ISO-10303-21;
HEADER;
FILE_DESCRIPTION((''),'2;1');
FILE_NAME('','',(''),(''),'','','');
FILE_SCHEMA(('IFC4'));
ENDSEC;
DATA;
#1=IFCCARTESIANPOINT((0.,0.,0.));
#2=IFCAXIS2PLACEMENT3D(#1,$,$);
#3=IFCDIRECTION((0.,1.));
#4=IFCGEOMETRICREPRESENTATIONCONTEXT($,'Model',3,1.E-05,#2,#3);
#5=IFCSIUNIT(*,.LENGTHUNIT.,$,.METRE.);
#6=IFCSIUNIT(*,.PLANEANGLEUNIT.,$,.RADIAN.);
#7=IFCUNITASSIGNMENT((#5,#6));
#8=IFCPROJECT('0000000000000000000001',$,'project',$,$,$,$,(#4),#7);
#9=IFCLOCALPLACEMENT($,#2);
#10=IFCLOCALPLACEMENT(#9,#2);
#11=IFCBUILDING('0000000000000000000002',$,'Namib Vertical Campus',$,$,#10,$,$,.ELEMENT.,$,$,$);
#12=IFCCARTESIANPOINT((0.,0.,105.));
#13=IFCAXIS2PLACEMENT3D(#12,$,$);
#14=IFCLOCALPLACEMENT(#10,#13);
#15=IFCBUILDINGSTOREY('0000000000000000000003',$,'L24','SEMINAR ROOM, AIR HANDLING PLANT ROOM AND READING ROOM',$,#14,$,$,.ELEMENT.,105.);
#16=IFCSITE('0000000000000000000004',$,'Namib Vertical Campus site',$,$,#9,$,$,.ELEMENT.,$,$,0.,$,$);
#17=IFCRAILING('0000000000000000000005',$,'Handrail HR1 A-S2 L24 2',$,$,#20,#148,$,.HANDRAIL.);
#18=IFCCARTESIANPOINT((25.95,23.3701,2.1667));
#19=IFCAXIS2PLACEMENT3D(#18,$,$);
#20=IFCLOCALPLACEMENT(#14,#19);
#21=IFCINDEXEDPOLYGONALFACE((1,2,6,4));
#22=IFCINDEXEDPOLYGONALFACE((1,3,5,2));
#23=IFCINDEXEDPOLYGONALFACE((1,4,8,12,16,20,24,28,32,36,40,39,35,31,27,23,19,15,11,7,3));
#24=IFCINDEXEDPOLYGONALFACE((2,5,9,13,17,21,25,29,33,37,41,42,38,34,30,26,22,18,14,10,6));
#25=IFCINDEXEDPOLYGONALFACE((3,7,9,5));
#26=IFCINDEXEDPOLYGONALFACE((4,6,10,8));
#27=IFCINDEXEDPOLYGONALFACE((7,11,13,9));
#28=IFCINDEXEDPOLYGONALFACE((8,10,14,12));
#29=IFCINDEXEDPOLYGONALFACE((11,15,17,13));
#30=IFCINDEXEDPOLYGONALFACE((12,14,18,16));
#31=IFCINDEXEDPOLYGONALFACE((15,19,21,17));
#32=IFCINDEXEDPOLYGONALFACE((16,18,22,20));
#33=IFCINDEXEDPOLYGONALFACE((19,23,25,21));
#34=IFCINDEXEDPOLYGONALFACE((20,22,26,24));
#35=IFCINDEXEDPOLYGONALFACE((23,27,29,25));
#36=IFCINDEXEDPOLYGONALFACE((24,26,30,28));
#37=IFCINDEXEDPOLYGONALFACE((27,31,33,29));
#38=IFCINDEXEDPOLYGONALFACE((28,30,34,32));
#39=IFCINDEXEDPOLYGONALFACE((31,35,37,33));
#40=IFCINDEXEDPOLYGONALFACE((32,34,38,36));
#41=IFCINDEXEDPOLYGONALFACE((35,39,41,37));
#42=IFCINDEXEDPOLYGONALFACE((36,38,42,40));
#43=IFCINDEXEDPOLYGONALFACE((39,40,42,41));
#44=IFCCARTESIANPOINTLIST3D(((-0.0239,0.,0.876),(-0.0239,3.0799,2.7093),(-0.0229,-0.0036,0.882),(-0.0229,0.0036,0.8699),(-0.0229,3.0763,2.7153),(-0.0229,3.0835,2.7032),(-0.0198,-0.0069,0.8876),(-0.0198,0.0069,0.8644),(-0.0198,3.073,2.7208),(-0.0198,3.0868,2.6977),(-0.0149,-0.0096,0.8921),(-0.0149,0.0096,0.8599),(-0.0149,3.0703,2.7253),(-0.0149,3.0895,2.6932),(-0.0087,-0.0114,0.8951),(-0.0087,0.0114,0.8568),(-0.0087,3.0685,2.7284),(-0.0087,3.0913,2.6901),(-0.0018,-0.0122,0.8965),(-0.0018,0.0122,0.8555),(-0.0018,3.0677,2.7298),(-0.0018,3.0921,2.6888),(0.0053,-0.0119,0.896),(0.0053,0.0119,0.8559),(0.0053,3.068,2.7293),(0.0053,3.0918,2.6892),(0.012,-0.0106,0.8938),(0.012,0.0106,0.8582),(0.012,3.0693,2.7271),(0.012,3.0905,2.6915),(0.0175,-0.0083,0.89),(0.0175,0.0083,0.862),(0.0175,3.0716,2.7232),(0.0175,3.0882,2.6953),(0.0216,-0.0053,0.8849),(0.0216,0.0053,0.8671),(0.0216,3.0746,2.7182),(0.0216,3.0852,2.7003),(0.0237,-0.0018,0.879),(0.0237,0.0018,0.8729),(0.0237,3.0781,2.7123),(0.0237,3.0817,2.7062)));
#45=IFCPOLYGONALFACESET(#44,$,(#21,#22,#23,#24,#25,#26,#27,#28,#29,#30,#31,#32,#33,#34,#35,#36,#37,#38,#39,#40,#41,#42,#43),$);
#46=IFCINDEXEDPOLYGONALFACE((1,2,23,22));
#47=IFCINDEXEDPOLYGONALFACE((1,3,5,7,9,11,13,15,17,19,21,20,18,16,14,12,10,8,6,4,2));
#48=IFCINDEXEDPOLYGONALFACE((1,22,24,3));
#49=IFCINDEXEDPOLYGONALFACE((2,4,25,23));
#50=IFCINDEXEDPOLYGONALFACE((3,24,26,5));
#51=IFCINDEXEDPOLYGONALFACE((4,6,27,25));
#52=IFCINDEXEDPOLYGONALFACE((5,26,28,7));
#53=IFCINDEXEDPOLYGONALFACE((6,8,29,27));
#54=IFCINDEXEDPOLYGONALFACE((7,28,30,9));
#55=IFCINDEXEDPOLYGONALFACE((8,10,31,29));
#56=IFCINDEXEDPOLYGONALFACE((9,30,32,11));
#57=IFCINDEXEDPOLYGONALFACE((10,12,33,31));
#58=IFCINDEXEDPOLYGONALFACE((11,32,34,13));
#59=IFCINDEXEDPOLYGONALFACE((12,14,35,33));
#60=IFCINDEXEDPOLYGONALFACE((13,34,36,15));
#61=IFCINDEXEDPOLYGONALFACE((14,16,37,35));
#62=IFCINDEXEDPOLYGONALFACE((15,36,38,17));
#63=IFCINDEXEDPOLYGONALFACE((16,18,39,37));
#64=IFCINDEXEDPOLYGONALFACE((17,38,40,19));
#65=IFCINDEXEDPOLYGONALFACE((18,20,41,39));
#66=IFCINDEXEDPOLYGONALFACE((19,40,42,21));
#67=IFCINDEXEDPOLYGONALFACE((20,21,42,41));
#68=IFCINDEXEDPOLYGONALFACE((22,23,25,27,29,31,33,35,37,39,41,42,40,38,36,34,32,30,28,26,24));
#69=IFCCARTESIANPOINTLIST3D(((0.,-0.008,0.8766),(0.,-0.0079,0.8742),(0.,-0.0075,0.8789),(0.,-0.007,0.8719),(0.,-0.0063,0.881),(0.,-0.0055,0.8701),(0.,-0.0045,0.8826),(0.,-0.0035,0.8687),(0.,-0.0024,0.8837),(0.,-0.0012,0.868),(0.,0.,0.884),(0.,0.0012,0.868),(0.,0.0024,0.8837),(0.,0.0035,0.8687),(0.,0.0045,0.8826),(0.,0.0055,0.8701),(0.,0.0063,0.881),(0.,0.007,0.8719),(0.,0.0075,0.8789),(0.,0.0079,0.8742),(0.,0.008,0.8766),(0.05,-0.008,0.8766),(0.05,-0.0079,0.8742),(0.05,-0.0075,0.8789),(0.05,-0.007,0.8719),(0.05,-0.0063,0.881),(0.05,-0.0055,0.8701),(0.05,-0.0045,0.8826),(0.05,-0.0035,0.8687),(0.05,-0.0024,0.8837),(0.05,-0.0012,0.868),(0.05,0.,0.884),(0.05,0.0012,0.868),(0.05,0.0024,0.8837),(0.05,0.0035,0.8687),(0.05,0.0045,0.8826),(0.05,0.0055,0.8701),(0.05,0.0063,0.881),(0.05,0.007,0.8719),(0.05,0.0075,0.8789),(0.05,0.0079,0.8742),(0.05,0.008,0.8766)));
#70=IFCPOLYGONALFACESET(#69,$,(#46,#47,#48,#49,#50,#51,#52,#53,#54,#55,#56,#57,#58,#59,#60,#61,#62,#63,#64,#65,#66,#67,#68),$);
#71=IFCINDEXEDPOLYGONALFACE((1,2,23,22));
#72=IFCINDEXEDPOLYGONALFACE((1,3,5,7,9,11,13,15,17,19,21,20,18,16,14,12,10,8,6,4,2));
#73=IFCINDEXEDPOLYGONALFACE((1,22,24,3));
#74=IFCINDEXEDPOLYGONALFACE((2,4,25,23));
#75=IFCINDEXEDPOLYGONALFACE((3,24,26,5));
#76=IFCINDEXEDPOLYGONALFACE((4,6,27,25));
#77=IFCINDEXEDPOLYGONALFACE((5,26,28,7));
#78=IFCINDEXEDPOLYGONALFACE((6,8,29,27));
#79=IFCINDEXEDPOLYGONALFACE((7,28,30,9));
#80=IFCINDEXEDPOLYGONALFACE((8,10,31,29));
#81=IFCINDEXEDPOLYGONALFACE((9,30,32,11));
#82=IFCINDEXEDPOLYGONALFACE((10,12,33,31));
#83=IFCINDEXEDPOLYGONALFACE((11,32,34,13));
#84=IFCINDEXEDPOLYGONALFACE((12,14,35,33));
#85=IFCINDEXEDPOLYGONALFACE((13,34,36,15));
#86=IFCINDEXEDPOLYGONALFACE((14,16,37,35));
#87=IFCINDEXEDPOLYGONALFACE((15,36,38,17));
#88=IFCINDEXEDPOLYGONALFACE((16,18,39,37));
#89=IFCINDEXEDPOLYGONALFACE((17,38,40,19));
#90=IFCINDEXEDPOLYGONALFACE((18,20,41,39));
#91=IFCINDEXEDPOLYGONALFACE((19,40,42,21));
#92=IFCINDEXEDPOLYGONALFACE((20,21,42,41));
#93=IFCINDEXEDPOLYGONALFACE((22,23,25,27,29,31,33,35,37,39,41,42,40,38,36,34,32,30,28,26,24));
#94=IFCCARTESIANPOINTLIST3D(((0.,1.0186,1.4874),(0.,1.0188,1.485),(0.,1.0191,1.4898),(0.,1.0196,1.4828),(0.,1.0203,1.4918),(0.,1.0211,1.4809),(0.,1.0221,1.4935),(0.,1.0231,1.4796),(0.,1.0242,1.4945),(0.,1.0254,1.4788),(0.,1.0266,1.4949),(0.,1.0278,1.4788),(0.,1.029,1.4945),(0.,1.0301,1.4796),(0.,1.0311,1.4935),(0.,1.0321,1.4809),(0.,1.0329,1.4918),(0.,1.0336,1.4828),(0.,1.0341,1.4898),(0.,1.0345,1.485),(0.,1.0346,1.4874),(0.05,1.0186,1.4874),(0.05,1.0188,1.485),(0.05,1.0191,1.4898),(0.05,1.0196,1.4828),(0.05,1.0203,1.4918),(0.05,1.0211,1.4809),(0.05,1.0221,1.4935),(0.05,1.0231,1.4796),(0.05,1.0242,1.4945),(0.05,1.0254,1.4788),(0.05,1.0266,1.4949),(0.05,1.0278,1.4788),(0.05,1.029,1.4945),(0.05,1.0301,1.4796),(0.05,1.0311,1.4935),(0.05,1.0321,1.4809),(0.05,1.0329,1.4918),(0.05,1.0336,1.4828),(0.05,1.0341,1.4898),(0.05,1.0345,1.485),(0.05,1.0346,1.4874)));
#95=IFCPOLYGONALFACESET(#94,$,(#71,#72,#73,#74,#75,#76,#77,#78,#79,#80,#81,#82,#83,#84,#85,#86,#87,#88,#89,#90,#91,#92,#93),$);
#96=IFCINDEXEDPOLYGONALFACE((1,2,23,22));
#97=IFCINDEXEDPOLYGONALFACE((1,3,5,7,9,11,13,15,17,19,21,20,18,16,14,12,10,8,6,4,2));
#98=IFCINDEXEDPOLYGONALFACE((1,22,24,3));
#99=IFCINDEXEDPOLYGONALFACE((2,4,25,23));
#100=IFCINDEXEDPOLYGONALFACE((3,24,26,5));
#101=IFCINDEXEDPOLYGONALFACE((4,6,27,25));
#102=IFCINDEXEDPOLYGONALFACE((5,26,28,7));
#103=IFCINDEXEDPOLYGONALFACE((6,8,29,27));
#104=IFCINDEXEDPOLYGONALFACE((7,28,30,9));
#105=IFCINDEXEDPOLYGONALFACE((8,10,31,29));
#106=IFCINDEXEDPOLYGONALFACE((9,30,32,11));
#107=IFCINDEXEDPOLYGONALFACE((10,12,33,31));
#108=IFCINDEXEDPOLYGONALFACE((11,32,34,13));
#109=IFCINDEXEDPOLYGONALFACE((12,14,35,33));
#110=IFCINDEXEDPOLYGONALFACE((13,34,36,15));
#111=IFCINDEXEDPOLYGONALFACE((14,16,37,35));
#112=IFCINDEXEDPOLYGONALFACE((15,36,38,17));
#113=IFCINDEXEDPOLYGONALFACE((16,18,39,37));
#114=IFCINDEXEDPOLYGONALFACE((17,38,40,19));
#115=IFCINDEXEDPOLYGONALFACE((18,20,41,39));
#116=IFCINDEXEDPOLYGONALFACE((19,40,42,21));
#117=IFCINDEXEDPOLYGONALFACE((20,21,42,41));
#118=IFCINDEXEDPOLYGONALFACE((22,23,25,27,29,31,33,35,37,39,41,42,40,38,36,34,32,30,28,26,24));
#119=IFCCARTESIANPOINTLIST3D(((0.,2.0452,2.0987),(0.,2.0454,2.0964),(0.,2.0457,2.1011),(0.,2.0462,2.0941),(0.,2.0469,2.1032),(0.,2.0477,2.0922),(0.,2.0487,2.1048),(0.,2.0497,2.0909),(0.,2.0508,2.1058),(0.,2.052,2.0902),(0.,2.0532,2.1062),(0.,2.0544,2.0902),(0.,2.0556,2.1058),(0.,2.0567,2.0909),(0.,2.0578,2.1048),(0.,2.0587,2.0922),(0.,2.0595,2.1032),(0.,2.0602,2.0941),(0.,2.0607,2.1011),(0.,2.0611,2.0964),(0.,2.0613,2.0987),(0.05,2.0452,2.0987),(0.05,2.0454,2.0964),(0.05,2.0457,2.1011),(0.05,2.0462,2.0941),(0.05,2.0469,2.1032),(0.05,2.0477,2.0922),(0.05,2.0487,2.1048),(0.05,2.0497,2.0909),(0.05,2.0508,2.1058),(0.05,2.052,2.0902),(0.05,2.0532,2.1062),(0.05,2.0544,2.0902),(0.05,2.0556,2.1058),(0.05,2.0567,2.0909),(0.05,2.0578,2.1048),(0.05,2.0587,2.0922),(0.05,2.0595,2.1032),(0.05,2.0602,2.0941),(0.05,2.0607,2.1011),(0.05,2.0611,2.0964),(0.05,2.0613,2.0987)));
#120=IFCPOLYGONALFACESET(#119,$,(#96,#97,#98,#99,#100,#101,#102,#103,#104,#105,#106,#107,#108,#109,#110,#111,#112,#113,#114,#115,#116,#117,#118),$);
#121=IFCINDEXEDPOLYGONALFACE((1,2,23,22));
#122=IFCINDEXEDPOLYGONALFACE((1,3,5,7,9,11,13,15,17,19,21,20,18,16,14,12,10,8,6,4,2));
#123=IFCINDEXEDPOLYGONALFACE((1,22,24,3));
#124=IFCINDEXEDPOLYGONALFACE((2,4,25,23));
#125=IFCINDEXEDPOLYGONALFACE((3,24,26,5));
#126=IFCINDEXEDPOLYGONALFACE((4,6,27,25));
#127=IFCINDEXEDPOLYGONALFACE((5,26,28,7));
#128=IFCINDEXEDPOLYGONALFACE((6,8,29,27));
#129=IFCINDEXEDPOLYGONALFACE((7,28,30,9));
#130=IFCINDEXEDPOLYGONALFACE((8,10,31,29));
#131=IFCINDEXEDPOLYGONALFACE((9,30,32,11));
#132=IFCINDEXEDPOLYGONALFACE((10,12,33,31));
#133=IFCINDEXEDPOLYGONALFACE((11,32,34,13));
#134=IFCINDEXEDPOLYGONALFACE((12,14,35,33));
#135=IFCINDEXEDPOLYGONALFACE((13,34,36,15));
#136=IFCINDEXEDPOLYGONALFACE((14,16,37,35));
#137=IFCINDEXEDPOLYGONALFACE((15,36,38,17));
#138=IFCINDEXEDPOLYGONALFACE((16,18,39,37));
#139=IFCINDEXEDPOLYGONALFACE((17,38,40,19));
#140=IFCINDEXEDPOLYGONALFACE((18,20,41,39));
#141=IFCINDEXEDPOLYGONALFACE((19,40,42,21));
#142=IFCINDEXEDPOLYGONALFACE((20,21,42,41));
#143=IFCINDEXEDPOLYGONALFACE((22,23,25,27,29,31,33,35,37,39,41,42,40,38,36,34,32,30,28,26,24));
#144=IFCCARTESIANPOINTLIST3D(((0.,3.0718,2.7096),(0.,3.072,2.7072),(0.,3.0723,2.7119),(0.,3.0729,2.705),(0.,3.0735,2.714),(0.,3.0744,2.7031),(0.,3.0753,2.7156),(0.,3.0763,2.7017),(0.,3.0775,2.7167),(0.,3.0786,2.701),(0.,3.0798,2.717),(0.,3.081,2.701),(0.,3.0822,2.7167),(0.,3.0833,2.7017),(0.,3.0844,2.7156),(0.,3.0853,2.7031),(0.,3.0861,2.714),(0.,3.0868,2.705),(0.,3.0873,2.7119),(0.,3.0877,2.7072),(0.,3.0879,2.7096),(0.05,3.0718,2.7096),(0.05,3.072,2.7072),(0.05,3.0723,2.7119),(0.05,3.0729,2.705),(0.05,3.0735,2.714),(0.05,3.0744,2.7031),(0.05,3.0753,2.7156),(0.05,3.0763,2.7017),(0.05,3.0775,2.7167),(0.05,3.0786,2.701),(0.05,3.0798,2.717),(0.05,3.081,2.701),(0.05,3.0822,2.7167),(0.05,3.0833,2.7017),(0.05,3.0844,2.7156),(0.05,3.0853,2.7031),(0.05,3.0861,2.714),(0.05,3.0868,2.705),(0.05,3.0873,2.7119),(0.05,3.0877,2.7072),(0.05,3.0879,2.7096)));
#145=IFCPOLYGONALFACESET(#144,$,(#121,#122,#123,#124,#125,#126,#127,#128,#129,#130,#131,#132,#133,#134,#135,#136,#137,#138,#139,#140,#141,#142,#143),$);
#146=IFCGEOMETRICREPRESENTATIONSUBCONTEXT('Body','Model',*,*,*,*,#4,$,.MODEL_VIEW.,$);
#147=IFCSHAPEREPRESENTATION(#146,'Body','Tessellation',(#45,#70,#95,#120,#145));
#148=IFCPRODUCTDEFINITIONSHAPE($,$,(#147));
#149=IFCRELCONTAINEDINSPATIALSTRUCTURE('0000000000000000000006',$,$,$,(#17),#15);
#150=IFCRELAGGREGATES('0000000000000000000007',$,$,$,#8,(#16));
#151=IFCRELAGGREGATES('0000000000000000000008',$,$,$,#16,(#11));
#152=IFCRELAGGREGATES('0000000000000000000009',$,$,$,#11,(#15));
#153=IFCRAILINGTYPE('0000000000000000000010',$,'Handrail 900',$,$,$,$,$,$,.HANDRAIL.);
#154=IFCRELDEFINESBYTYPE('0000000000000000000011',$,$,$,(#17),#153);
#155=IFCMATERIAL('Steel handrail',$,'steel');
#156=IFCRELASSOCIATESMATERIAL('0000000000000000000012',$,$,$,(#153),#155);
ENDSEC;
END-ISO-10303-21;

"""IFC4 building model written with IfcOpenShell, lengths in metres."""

from ifc_helpers import new_model, si_unit, direction, frame, origin, origin_2d, place, context, subcontext, project, spatial, circle, extrude, material, type_object, element, save


model = new_model("IFC4")

# Units and contexts
model_context = context("Model", 3, precision=1e-05, world=origin(), true_north=direction((0.0, 1.0)))
body_context = subcontext(model_context, "Body", "Model", "MODEL_VIEW")
ifc_project = project(units=[si_unit("LENGTHUNIT", "METRE"), si_unit("PLANEANGLEUNIT", "RADIAN")], contexts=[model_context])

# Site, building, storey
site_placement = place(None, origin())
site = spatial("IfcSite", under=ifc_project, at=site_placement, Name="Namib Vertical Campus site", CompositionType="ELEMENT", RefElevation=0.0)
building_placement = place(site_placement, origin())
building = spatial("IfcBuilding", under=site, at=building_placement, Name="Namib Vertical Campus", CompositionType="ELEMENT")
storey_placement = place(building_placement, frame((0.0, 0.0, 105.0)))
storey = spatial("IfcBuildingStorey", under=building, at=storey_placement, Name="L24", Description="SEMINAR ROOM, AIR HANDLING PLANT ROOM AND READING ROOM", CompositionType="ELEMENT", Elevation=105.0)

# Railing
ifc_material_1 = material(Name="Steel handrail", Category="steel")
railing_type_1 = type_object("IfcRailingType", Name="Handrail 900", PredefinedType="HANDRAIL", material=ifc_material_1)
railing_1_placement = place(storey_placement, frame((25.95, 23.3701, 2.1667)))
element("IfcRailing", 1, at=railing_1_placement, inside=storey, type_object=railing_type_1, Name="Handrail HR1 A-S2 L24 2", PredefinedType="HANDRAIL", context=body_context, shape_type="SweptSolid", body=[
    extrude(circle(Radius=0.0239, at=origin_2d()), frame((0.0, 0.0, 0.876), z_axis=(0.0, 0.859291, 0.511487), x_axis=(-1.0, 0.0, 0.0)), (0.0, 0.0, 1.0), 3.5842),
    extrude(circle(Radius=0.0081, at=origin_2d()), frame((0.0, 0.0, 0.876), z_axis=(1.0, 0.0, 0.0), x_axis=(0.0, 0.0, 1.0)), (0.0, 0.0, 1.0), 0.05),
    extrude(circle(Radius=0.0081, at=origin_2d()), frame((0.0, 1.0266, 1.4868), z_axis=(1.0, 0.0, 0.0), x_axis=(0.0, 0.0, 1.0)), (0.0, 0.0, 1.0), 0.05),
    extrude(circle(Radius=0.0081, at=origin_2d()), frame((0.0, 2.0532, 2.0981), z_axis=(1.0, 0.0, 0.0), x_axis=(0.0, 0.0, 1.0)), (0.0, 0.0, 1.0), 0.05),
    extrude(circle(Radius=0.0081, at=origin_2d()), frame((0.0, 3.0798, 2.709), z_axis=(1.0, 0.0, 0.0), x_axis=(0.0, 0.0, 1.0)), (0.0, 0.0, 1.0), 0.05),
])

save(model, "model.ifc")
